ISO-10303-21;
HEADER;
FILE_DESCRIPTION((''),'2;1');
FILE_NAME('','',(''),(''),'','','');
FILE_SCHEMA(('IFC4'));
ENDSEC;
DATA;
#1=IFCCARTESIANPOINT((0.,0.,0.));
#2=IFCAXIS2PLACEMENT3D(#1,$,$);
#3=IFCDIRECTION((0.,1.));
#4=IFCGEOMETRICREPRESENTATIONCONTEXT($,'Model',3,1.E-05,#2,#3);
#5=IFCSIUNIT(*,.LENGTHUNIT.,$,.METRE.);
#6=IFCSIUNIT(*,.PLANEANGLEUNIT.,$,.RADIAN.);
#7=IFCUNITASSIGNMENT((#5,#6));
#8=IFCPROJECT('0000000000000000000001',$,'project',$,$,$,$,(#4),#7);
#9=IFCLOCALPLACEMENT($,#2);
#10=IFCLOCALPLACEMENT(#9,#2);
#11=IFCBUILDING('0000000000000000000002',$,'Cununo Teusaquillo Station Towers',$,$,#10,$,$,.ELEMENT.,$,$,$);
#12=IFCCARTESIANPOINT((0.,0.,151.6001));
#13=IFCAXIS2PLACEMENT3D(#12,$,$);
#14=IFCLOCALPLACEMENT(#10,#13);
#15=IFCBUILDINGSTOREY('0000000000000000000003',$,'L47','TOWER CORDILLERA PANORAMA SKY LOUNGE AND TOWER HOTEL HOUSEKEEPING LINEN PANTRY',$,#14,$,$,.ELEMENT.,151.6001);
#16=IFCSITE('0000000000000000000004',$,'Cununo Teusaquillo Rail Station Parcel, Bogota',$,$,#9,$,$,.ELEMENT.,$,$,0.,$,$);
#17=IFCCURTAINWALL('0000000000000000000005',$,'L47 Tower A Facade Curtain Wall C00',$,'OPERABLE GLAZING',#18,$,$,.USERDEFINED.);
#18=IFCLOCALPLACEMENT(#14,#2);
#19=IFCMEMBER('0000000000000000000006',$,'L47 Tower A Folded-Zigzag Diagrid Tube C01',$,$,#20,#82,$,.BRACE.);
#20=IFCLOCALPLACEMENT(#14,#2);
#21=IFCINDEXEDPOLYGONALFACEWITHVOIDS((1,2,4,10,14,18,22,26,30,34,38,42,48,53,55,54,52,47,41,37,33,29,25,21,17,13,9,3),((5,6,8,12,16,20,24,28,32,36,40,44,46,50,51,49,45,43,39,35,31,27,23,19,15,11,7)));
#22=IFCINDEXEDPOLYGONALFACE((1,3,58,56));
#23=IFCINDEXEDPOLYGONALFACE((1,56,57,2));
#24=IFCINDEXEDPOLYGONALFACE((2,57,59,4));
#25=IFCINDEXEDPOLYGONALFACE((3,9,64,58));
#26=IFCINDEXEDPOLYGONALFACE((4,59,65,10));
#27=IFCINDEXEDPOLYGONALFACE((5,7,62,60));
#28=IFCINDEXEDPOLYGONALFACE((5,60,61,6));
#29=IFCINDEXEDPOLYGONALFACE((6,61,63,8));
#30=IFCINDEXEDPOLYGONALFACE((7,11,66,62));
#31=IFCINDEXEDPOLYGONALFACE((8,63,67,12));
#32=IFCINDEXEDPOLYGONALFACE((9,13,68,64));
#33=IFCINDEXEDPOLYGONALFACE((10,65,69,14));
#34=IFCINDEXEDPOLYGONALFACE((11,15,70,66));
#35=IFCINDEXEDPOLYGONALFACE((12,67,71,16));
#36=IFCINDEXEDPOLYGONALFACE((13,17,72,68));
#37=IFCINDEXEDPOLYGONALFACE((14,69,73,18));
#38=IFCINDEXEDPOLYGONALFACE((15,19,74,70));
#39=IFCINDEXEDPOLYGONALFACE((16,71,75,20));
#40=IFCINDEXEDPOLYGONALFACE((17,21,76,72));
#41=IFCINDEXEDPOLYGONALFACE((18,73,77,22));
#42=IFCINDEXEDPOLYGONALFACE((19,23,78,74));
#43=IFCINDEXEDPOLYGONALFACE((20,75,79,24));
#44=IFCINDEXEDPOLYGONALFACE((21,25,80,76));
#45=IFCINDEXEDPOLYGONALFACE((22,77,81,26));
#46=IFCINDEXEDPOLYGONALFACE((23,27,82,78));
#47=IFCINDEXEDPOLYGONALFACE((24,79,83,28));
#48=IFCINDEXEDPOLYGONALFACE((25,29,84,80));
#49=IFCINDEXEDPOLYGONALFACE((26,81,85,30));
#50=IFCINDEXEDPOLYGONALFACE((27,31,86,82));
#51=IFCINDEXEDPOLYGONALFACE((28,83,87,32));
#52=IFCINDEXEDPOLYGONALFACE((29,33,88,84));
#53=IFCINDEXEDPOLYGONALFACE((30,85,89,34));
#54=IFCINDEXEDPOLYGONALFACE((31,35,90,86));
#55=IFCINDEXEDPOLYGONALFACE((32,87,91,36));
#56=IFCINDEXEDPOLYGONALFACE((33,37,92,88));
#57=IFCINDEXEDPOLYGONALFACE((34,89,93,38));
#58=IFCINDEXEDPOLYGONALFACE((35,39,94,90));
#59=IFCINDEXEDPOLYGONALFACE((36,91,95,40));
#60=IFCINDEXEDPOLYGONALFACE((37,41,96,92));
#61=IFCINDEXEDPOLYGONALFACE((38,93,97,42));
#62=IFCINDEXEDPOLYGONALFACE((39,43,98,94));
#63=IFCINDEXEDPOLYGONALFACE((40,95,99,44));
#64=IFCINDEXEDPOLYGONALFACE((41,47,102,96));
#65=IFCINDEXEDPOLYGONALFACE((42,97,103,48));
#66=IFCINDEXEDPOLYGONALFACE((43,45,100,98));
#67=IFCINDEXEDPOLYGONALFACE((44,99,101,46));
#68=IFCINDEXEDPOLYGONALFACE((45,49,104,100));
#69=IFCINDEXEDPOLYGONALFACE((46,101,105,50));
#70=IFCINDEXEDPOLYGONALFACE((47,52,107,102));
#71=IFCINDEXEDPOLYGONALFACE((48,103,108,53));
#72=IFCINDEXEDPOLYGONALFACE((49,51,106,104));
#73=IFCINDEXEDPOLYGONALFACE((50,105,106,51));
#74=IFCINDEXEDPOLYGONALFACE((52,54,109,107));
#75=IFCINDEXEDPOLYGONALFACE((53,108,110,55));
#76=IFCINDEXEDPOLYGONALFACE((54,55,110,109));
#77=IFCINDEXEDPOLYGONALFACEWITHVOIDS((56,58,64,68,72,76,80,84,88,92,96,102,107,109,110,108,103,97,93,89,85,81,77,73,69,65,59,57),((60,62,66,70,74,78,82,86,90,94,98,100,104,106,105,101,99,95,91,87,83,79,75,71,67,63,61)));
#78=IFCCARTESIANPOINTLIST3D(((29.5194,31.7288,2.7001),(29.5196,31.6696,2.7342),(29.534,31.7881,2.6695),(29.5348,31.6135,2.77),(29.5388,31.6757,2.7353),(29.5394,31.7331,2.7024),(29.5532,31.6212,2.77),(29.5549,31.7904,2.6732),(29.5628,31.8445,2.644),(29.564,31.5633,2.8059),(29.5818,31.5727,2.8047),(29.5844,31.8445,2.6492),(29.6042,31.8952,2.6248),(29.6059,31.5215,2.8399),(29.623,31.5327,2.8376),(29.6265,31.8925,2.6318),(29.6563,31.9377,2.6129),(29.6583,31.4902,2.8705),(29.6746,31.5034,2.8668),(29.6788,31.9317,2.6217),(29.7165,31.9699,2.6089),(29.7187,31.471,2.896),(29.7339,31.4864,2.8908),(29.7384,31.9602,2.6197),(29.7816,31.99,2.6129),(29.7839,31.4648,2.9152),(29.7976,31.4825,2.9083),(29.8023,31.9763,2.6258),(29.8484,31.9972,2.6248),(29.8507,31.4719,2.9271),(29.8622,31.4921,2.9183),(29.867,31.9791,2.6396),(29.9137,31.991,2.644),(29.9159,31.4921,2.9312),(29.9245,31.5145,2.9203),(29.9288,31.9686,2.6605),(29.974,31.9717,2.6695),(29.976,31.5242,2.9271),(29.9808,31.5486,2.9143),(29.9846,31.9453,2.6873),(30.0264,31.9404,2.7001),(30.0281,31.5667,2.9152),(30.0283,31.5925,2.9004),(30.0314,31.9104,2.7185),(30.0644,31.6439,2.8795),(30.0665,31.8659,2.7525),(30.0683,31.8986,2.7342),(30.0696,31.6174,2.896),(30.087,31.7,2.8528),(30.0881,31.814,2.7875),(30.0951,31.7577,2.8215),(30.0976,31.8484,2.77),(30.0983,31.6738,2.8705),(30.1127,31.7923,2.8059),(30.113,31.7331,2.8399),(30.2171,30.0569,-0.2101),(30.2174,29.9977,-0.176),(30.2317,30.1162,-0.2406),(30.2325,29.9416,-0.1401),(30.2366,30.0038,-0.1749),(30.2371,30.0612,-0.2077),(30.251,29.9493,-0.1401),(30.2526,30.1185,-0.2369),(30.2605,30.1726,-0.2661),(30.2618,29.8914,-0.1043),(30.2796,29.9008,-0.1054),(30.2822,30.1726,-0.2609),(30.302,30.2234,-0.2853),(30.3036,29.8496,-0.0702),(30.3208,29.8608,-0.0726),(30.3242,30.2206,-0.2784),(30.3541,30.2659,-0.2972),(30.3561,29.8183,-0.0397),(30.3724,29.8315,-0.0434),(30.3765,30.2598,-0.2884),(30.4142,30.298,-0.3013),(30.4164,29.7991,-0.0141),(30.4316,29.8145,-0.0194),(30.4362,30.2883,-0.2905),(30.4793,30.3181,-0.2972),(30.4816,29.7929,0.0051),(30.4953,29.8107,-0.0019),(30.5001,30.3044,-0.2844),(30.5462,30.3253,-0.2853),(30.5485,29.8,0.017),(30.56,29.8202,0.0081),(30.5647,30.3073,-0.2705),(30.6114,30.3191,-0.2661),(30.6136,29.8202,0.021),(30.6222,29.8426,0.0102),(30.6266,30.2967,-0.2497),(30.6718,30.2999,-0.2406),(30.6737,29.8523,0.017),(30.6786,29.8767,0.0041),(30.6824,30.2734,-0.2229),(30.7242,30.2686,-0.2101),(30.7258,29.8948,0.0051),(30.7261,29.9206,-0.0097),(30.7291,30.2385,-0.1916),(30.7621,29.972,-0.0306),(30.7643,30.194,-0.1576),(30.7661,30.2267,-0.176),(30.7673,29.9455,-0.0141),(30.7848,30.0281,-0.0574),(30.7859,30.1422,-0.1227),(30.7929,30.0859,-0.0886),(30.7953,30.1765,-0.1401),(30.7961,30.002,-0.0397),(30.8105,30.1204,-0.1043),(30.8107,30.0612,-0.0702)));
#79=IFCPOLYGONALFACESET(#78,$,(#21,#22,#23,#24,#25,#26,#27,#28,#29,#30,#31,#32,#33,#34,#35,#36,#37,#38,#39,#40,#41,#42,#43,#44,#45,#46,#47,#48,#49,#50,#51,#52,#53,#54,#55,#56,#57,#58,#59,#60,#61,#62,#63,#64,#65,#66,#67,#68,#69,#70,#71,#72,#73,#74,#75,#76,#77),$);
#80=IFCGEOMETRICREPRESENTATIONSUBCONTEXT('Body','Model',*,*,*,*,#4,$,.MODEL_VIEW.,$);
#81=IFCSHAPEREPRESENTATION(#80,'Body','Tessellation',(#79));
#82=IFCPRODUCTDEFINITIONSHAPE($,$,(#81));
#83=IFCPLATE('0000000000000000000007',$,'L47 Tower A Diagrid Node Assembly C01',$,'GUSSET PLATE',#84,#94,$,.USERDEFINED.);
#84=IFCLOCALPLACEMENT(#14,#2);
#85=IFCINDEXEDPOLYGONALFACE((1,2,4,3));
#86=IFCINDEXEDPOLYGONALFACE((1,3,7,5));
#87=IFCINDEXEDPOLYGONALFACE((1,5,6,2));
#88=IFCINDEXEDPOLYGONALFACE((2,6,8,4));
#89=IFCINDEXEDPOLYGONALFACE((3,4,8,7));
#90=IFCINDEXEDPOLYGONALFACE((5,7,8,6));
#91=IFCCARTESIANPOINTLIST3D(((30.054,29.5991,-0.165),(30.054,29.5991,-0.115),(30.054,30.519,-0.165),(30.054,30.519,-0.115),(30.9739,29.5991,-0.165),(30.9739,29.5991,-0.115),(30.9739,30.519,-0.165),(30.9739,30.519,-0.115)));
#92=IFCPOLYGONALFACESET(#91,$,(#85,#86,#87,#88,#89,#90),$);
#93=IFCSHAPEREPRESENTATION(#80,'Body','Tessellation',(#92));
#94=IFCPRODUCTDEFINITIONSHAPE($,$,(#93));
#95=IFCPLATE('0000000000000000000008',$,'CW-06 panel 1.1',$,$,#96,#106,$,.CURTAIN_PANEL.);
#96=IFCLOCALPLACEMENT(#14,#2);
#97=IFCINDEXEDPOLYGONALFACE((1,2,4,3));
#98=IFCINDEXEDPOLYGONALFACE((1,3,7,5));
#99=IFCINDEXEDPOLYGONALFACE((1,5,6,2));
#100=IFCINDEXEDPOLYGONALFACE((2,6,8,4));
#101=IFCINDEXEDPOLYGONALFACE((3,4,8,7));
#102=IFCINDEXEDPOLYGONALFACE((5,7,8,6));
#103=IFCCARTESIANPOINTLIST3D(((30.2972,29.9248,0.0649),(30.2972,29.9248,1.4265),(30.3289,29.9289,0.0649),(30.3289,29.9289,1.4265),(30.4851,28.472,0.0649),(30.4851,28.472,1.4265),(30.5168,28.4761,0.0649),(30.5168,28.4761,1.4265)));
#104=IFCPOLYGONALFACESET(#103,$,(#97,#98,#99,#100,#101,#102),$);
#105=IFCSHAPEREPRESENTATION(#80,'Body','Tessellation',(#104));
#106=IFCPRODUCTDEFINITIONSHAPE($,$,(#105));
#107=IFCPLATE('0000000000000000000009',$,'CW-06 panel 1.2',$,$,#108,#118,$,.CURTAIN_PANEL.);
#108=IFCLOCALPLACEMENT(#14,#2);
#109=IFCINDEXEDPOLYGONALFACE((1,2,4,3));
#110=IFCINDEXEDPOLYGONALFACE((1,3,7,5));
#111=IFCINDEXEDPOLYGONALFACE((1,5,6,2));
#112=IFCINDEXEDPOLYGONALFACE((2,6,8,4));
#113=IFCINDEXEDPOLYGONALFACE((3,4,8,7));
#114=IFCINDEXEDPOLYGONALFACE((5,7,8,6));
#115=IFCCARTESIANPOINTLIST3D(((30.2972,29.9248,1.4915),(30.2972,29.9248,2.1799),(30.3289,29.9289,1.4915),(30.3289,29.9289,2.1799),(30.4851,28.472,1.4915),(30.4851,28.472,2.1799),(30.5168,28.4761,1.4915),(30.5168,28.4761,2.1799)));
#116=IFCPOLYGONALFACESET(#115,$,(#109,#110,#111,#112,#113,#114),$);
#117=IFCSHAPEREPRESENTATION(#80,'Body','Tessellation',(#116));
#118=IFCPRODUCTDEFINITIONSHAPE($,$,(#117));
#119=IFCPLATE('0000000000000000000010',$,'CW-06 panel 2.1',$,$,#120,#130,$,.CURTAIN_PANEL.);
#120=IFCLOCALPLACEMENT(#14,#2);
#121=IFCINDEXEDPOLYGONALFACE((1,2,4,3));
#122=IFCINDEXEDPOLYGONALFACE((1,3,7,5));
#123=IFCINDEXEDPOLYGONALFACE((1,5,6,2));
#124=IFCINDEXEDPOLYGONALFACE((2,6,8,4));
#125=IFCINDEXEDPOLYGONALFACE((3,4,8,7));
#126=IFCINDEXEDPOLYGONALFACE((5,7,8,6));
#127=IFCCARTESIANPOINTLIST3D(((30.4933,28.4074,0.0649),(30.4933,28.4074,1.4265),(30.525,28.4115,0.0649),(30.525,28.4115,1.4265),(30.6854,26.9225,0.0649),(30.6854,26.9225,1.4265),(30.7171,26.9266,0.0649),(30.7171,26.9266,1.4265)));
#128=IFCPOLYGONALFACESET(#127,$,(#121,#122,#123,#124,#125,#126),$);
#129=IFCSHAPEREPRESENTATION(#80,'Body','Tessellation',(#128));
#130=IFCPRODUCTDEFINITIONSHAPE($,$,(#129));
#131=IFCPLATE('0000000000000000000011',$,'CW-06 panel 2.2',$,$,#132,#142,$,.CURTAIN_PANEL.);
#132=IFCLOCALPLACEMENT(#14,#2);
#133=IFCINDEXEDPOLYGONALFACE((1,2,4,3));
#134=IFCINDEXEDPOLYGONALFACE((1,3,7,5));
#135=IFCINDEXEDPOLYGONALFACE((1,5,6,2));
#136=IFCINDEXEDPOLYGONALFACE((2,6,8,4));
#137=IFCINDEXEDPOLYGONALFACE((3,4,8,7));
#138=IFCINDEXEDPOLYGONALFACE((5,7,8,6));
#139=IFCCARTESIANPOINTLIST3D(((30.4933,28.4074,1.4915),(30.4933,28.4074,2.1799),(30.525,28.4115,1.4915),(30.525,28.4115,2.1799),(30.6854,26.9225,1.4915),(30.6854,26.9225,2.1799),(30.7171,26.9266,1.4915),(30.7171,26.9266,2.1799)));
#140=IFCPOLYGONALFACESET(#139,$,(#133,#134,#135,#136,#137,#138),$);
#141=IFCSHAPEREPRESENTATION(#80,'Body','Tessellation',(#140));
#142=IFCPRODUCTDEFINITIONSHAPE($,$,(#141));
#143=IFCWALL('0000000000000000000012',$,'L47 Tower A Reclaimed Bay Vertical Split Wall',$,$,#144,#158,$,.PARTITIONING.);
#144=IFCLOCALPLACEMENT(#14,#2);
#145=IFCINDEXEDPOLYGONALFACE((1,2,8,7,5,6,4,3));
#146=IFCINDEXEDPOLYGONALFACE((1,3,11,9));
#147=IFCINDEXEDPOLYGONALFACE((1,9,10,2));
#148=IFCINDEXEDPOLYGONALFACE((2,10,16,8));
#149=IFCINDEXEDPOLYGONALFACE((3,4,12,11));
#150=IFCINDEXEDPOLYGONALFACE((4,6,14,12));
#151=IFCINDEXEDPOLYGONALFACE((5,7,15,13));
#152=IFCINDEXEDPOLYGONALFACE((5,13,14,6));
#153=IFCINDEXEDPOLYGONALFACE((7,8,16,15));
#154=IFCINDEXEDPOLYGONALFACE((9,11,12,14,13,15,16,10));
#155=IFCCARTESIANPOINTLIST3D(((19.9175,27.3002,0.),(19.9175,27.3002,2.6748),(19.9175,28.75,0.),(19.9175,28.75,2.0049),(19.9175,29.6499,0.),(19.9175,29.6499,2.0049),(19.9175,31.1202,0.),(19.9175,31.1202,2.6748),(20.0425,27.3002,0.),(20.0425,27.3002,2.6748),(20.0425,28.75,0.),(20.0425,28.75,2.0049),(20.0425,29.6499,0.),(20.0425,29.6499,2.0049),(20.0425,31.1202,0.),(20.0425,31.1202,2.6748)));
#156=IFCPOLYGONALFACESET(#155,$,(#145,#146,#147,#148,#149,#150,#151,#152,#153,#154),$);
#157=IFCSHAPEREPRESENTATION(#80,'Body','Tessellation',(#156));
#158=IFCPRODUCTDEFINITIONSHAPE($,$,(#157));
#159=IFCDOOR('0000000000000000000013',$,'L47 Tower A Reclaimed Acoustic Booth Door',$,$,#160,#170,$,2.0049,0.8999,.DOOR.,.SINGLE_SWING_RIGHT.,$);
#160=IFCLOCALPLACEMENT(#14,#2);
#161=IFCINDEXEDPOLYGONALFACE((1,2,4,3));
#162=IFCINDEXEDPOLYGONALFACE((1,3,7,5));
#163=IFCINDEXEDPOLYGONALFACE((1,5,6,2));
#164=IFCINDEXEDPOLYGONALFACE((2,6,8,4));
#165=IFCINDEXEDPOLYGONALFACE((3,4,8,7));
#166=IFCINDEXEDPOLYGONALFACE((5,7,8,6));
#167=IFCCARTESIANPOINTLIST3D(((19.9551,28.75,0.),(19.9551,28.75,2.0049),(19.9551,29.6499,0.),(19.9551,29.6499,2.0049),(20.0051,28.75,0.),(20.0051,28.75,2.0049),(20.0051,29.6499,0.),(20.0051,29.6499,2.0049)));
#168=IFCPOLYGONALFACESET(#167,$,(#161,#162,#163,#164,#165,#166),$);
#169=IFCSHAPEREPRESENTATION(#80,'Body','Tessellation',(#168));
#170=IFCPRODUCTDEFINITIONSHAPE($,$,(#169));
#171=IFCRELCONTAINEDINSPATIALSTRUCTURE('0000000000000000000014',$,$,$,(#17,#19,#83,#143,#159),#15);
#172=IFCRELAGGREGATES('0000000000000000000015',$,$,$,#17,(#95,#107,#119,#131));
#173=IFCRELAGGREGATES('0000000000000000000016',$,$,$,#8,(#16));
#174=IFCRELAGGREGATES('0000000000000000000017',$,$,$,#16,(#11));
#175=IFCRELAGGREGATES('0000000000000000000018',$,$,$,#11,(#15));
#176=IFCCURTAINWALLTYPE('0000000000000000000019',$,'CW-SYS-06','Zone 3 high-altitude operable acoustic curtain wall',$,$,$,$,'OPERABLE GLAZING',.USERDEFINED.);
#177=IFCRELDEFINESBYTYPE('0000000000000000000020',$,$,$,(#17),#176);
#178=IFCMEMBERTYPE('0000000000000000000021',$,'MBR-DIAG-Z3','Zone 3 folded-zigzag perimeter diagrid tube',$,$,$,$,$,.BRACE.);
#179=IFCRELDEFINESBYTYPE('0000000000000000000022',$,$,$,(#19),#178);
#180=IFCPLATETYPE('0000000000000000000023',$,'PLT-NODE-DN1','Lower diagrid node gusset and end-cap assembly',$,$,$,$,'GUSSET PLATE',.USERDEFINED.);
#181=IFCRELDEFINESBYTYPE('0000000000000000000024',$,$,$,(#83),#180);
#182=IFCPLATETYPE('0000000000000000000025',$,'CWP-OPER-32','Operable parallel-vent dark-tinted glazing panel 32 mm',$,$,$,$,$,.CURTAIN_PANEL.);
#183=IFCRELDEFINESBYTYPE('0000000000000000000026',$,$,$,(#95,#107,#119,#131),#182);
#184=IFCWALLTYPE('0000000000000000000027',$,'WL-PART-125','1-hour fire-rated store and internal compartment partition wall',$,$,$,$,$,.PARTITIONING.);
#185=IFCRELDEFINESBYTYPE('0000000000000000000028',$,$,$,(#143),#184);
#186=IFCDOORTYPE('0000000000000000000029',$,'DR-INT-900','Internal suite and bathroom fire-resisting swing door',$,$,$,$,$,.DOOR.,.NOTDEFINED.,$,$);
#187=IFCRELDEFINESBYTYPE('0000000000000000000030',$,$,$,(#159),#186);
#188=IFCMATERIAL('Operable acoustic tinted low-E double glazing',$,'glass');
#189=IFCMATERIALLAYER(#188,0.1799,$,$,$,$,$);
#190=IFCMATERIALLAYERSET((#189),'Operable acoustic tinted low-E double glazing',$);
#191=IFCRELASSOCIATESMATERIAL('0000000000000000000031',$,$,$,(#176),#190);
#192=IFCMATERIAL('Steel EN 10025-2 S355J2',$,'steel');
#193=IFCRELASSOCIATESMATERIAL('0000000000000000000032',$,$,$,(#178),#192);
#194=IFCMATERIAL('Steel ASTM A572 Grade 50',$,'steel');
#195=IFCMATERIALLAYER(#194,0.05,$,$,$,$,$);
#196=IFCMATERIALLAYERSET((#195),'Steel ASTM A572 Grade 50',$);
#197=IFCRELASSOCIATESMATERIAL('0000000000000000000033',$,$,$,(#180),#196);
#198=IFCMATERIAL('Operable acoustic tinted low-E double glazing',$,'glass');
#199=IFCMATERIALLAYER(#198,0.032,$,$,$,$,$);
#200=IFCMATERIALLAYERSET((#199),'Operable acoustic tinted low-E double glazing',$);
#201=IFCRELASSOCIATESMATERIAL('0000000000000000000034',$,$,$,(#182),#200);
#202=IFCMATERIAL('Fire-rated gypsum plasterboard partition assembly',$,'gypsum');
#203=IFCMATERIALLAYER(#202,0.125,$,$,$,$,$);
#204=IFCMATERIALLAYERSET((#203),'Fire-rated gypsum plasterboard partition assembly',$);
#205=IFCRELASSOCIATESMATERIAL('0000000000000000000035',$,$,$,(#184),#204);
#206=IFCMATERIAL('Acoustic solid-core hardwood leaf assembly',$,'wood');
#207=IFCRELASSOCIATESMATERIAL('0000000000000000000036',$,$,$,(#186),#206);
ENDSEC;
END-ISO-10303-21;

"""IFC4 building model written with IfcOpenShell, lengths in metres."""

from ifc_helpers import new_model, si_unit, direction, frame, frame_2d, origin, origin_2d, place, context, subcontext, project, spatial, rectangle, hollow_circle, extrude, source, transform, mapped, material, layer, layer_set, material_profile, profile_set, type_object, element, fill, aggregate, save


model = new_model("IFC4")

# Units and contexts
model_context = context("Model", 3, precision=1e-05, world=origin(), true_north=direction((0.0, 1.0)))
body_context = subcontext(model_context, "Body", "Model", "MODEL_VIEW")
ifc_project = project(units=[si_unit("LENGTHUNIT", "METRE"), si_unit("PLANEANGLEUNIT", "RADIAN")], contexts=[model_context])

# Site, building, storey
site_placement = place(None, origin())
site = spatial("IfcSite", under=ifc_project, at=site_placement, Name="Cununo Teusaquillo Rail Station Parcel, Bogota", CompositionType="ELEMENT", RefElevation=0.0)
building_placement = place(site_placement, origin())
building = spatial("IfcBuilding", under=site, at=building_placement, Name="Cununo Teusaquillo Station Towers", CompositionType="ELEMENT")
storey_placement = place(building_placement, frame((0.0, 0.0, 151.6001)))
storey = spatial("IfcBuildingStorey", under=building, at=storey_placement, Name="L47", Description="TOWER CORDILLERA PANORAMA SKY LOUNGE AND TOWER HOTEL HOUSEKEEPING LINEN PANTRY", CompositionType="ELEMENT", Elevation=151.6001)

# Curtain wall
ifc_material_1 = material(Name="Operable acoustic tinted low-E double glazing", Category="glass")
ifc_layer_1 = layer(ifc_material_1, 0.1799)
ifc_layer_set_1 = layer_set([ifc_layer_1], Name="Operable acoustic tinted low-E double glazing")
curtain_wall_type = type_object("IfcCurtainWallType", Name="CW-SYS-06", Description="Zone 3 high-altitude operable acoustic curtain wall", ElementType="OPERABLE GLAZING", PredefinedType="USERDEFINED", material=ifc_layer_set_1)
curtain_wall_placement = place(storey_placement, origin())
curtain_wall = element("IfcCurtainWall", 1, at=curtain_wall_placement, inside=storey, type_object=curtain_wall_type, Name="L47 Tower A Facade Curtain Wall C00", ObjectType="OPERABLE GLAZING", PredefinedType="USERDEFINED")

# Member
ifc_material_2 = material(Name="Steel EN 10025-2 S355J2", Category="steel")
ifc_material_profile_1 = material_profile(ifc_material_2, hollow_circle(Radius=0.3049, WallThickness=0.02, at=origin_2d()), Name="CHS 610x20")
ifc_profile_set_1 = profile_set([ifc_material_profile_1], Name="Steel EN 10025-2 S355J2")
member_type_1 = type_object("IfcMemberType", Name="MBR-DIAG-Z3", Description="Zone 3 folded-zigzag perimeter diagrid tube", PredefinedType="BRACE", material=ifc_profile_set_1)
member_1_placement = place(storey_placement, frame((30.5139, 30.0591, -0.1401), z_axis=(-0.203547, 0.487715, 0.848942), x_axis=(-0.922853, -0.385151, 0.0)))
element("IfcMember", 2, at=member_1_placement, inside=storey, type_object=member_type_1, Name="L47 Tower A Folded-Zigzag Diagrid Tube C01", PredefinedType="BRACE", context=body_context, shape_type="SweptSolid", body=[
    extrude(hollow_circle(Radius=0.3049, WallThickness=0.02, at=origin_2d()), origin(), (0.0, 0.0, 1.0), 3.428),
])

# Plates
ifc_material_3 = material(Name="Steel ASTM A572 Grade 50", Category="steel")
ifc_layer_2 = layer(ifc_material_3, 0.05)
ifc_layer_set_2 = layer_set([ifc_layer_2], Name="Steel ASTM A572 Grade 50")
plate_type_1 = type_object("IfcPlateType", Name="PLT-NODE-DN1", Description="Lower diagrid node gusset and end-cap assembly", ElementType="GUSSET PLATE", PredefinedType="USERDEFINED", material=ifc_layer_set_2)
shared_shape_1 = source(origin(), body_context, "Body", "SweptSolid", [
    extrude(rectangle(XDim=0.9199, YDim=0.9199, at=origin_2d()), origin(), (0.0, 0.0, 1.0), 0.05),
])
plate_1_placement = place(storey_placement, frame((30.5139, 30.0591, -0.165), z_axis=(0.0, 0.0, 1.0), x_axis=(1.0, 0.0, 0.0)))
element("IfcPlate", 3, at=plate_1_placement, inside=storey, type_object=plate_type_1, Name="L47 Tower A Diagrid Node Assembly C01", ObjectType="GUSSET PLATE", PredefinedType="USERDEFINED", context=body_context, shape_type="MappedRepresentation", body=[
    mapped(shared_shape_1, transform((0.0, 0.0, 0.0), x_axis=(1.0, 0.0, 0.0), y_axis=(0.0, 1.0, 0.0), z_axis=(0.0, 0.0, 1.0), scale=1.0)),
])
ifc_material_4 = material(Name="Operable acoustic tinted low-E double glazing", Category="glass")
ifc_layer_3 = layer(ifc_material_4, 0.032)
ifc_layer_set_3 = layer_set([ifc_layer_3], Name="Operable acoustic tinted low-E double glazing")
plate_type_2 = type_object("IfcPlateType", Name="CWP-OPER-32", Description="Operable parallel-vent dark-tinted glazing panel 32 mm", PredefinedType="CURTAIN_PANEL", material=ifc_layer_set_3)
shared_shape_2 = source(origin(), body_context, "Body", "SweptSolid", [
    extrude(rectangle(XDim=1.4648, YDim=0.032, at=origin_2d()), origin(), (0.0, 0.0, 1.0), 1.3616),
])
plate_2_placement = place(storey_placement, frame((30.407, 29.2004, 0.0649), z_axis=(0.0, 0.0, 1.0), x_axis=(0.128293, -0.991736, 0.0)))
plate_2 = element("IfcPlate", 4, at=plate_2_placement, type_object=plate_type_2, Name="CW-06 panel 1.1", PredefinedType="CURTAIN_PANEL", context=body_context, shape_type="MappedRepresentation", body=[
    mapped(shared_shape_2, transform((0.0, 0.0, 0.0), x_axis=(1.0, 0.0, 0.0), y_axis=(0.0, 1.0, 0.0), z_axis=(0.0, 0.0, 1.0), scale=1.0)),
])
shared_shape_3 = source(origin(), body_context, "Body", "SweptSolid", [
    extrude(rectangle(XDim=1.4648, YDim=0.032, at=origin_2d()), origin(), (0.0, 0.0, 1.0), 0.6885),
])
plate_3_placement = place(storey_placement, frame((30.407, 29.2004, 1.4915), z_axis=(0.0, 0.0, 1.0), x_axis=(0.128293, -0.991736, 0.0)))
plate_3 = element("IfcPlate", 5, at=plate_3_placement, type_object=plate_type_2, Name="CW-06 panel 1.2", PredefinedType="CURTAIN_PANEL", context=body_context, shape_type="MappedRepresentation", body=[
    mapped(shared_shape_3, transform((0.0, 0.0, 0.0), x_axis=(1.0, 0.0, 0.0), y_axis=(0.0, 1.0, 0.0), z_axis=(0.0, 0.0, 1.0), scale=1.0)),
])
shared_shape_4 = source(origin(), body_context, "Body", "SweptSolid", [
    extrude(rectangle(XDim=1.4973, YDim=0.032, at=origin_2d()), origin(), (0.0, 0.0, 1.0), 1.3616),
])
plate_4_placement = place(storey_placement, frame((30.6052, 27.667, 0.0649), z_axis=(0.0, 0.0, 1.0), x_axis=(0.128293, -0.991736, 0.0)))
plate_4 = element("IfcPlate", 6, at=plate_4_placement, type_object=plate_type_2, Name="CW-06 panel 2.1", PredefinedType="CURTAIN_PANEL", context=body_context, shape_type="MappedRepresentation", body=[
    mapped(shared_shape_4, transform((0.0, 0.0, 0.0), x_axis=(1.0, 0.0, 0.0), y_axis=(0.0, 1.0, 0.0), z_axis=(0.0, 0.0, 1.0), scale=1.0)),
])
shared_shape_5 = source(origin(), body_context, "Body", "SweptSolid", [
    extrude(rectangle(XDim=1.4973, YDim=0.032, at=origin_2d()), origin(), (0.0, 0.0, 1.0), 0.6885),
])
plate_5_placement = place(storey_placement, frame((30.6052, 27.667, 1.4915), z_axis=(0.0, 0.0, 1.0), x_axis=(0.128293, -0.991736, 0.0)))
plate_5 = element("IfcPlate", 7, at=plate_5_placement, type_object=plate_type_2, Name="CW-06 panel 2.2", PredefinedType="CURTAIN_PANEL", context=body_context, shape_type="MappedRepresentation", body=[
    mapped(shared_shape_5, transform((0.0, 0.0, 0.0), x_axis=(1.0, 0.0, 0.0), y_axis=(0.0, 1.0, 0.0), z_axis=(0.0, 0.0, 1.0), scale=1.0)),
])
aggregate(curtain_wall, [plate_2, plate_3, plate_4, plate_5])

# Wall, opening, door
ifc_material_5 = material(Name="Fire-rated gypsum plasterboard partition assembly", Category="gypsum")
ifc_layer_4 = layer(ifc_material_5, 0.125)
ifc_layer_set_4 = layer_set([ifc_layer_4], Name="Fire-rated gypsum plasterboard partition assembly")
wall_type_1 = type_object("IfcWallType", Name="WL-PART-125", Description="1-hour fire-rated store and internal compartment partition wall", PredefinedType="PARTITIONING", material=ifc_layer_set_4)
wall_1_placement = place(storey_placement, frame((19.98, 27.3, 0.0), z_axis=(0.0, 0.0, 1.0), x_axis=(0.0, 1.0, 0.0)))
wall_1 = element("IfcWall", 8, at=wall_1_placement, inside=storey, type_object=wall_type_1, Name="L47 Tower A Reclaimed Bay Vertical Split Wall", PredefinedType="PARTITIONING", context=body_context, shape_type="SweptSolid", body=[
    extrude(rectangle(XDim=3.8201, YDim=0.125, at=frame_2d((1.9102, 0.0))), origin(), (0.0, 0.0, 1.0), 2.6748),
])
shared_shape_6 = source(origin(), body_context, "Body", "SweptSolid", [
    extrude(rectangle(XDim=0.8999, YDim=2.0049, at=frame_2d((0.45, 1.0024))), frame((0.0, 0.0725, 0.0), z_axis=(0.0, -1.0, 0.0), x_axis=(1.0, 0.0, 0.0)), (0.0, 0.0, 1.0), 0.145),
])
opening_1_placement = place(wall_1_placement, frame((1.45, 0.0, 0.0)))
opening_1 = element("IfcOpeningElement", 9, at=opening_1_placement, cuts=wall_1, PredefinedType="OPENING", context=body_context, shape_type="MappedRepresentation", body=[
    mapped(shared_shape_6, transform((0.0, 0.0, 0.0), x_axis=(1.0, 0.0, 0.0), y_axis=(0.0, 1.0, 0.0), z_axis=(0.0, 0.0, 1.0), scale=1.0)),
])
ifc_material_6 = material(Name="Acoustic solid-core hardwood leaf assembly", Category="wood")
door_type_1 = type_object("IfcDoorType", Name="DR-INT-900", Description="Internal suite and bathroom fire-resisting swing door", OperationType="NOTDEFINED", PredefinedType="DOOR", material=ifc_material_6)
shared_shape_7 = source(origin(), body_context, "Body", "SweptSolid", [
    extrude(rectangle(XDim=0.8999, YDim=2.0049, at=frame_2d((0.45, 1.0024))), frame((0.0, 0.0249, 0.0), z_axis=(0.0, -1.0, 0.0), x_axis=(1.0, 0.0, 0.0)), (0.0, 0.0, 1.0), 0.05),
])
door_1_placement = place(opening_1_placement, origin())
door_1 = element("IfcDoor", 10, at=door_1_placement, inside=storey, type_object=door_type_1, Name="L47 Tower A Reclaimed Acoustic Booth Door", OperationType="SINGLE_SWING_RIGHT", OverallHeight=2.0049, OverallWidth=0.8999, PredefinedType="DOOR", context=body_context, shape_type="MappedRepresentation", body=[
    mapped(shared_shape_7, transform((0.0, 0.0, 0.0), x_axis=(1.0, 0.0, 0.0), y_axis=(0.0, 1.0, 0.0), z_axis=(0.0, 0.0, 1.0), scale=1.0)),
])
fill(opening_1, door_1)

save(model, "model.ifc")
